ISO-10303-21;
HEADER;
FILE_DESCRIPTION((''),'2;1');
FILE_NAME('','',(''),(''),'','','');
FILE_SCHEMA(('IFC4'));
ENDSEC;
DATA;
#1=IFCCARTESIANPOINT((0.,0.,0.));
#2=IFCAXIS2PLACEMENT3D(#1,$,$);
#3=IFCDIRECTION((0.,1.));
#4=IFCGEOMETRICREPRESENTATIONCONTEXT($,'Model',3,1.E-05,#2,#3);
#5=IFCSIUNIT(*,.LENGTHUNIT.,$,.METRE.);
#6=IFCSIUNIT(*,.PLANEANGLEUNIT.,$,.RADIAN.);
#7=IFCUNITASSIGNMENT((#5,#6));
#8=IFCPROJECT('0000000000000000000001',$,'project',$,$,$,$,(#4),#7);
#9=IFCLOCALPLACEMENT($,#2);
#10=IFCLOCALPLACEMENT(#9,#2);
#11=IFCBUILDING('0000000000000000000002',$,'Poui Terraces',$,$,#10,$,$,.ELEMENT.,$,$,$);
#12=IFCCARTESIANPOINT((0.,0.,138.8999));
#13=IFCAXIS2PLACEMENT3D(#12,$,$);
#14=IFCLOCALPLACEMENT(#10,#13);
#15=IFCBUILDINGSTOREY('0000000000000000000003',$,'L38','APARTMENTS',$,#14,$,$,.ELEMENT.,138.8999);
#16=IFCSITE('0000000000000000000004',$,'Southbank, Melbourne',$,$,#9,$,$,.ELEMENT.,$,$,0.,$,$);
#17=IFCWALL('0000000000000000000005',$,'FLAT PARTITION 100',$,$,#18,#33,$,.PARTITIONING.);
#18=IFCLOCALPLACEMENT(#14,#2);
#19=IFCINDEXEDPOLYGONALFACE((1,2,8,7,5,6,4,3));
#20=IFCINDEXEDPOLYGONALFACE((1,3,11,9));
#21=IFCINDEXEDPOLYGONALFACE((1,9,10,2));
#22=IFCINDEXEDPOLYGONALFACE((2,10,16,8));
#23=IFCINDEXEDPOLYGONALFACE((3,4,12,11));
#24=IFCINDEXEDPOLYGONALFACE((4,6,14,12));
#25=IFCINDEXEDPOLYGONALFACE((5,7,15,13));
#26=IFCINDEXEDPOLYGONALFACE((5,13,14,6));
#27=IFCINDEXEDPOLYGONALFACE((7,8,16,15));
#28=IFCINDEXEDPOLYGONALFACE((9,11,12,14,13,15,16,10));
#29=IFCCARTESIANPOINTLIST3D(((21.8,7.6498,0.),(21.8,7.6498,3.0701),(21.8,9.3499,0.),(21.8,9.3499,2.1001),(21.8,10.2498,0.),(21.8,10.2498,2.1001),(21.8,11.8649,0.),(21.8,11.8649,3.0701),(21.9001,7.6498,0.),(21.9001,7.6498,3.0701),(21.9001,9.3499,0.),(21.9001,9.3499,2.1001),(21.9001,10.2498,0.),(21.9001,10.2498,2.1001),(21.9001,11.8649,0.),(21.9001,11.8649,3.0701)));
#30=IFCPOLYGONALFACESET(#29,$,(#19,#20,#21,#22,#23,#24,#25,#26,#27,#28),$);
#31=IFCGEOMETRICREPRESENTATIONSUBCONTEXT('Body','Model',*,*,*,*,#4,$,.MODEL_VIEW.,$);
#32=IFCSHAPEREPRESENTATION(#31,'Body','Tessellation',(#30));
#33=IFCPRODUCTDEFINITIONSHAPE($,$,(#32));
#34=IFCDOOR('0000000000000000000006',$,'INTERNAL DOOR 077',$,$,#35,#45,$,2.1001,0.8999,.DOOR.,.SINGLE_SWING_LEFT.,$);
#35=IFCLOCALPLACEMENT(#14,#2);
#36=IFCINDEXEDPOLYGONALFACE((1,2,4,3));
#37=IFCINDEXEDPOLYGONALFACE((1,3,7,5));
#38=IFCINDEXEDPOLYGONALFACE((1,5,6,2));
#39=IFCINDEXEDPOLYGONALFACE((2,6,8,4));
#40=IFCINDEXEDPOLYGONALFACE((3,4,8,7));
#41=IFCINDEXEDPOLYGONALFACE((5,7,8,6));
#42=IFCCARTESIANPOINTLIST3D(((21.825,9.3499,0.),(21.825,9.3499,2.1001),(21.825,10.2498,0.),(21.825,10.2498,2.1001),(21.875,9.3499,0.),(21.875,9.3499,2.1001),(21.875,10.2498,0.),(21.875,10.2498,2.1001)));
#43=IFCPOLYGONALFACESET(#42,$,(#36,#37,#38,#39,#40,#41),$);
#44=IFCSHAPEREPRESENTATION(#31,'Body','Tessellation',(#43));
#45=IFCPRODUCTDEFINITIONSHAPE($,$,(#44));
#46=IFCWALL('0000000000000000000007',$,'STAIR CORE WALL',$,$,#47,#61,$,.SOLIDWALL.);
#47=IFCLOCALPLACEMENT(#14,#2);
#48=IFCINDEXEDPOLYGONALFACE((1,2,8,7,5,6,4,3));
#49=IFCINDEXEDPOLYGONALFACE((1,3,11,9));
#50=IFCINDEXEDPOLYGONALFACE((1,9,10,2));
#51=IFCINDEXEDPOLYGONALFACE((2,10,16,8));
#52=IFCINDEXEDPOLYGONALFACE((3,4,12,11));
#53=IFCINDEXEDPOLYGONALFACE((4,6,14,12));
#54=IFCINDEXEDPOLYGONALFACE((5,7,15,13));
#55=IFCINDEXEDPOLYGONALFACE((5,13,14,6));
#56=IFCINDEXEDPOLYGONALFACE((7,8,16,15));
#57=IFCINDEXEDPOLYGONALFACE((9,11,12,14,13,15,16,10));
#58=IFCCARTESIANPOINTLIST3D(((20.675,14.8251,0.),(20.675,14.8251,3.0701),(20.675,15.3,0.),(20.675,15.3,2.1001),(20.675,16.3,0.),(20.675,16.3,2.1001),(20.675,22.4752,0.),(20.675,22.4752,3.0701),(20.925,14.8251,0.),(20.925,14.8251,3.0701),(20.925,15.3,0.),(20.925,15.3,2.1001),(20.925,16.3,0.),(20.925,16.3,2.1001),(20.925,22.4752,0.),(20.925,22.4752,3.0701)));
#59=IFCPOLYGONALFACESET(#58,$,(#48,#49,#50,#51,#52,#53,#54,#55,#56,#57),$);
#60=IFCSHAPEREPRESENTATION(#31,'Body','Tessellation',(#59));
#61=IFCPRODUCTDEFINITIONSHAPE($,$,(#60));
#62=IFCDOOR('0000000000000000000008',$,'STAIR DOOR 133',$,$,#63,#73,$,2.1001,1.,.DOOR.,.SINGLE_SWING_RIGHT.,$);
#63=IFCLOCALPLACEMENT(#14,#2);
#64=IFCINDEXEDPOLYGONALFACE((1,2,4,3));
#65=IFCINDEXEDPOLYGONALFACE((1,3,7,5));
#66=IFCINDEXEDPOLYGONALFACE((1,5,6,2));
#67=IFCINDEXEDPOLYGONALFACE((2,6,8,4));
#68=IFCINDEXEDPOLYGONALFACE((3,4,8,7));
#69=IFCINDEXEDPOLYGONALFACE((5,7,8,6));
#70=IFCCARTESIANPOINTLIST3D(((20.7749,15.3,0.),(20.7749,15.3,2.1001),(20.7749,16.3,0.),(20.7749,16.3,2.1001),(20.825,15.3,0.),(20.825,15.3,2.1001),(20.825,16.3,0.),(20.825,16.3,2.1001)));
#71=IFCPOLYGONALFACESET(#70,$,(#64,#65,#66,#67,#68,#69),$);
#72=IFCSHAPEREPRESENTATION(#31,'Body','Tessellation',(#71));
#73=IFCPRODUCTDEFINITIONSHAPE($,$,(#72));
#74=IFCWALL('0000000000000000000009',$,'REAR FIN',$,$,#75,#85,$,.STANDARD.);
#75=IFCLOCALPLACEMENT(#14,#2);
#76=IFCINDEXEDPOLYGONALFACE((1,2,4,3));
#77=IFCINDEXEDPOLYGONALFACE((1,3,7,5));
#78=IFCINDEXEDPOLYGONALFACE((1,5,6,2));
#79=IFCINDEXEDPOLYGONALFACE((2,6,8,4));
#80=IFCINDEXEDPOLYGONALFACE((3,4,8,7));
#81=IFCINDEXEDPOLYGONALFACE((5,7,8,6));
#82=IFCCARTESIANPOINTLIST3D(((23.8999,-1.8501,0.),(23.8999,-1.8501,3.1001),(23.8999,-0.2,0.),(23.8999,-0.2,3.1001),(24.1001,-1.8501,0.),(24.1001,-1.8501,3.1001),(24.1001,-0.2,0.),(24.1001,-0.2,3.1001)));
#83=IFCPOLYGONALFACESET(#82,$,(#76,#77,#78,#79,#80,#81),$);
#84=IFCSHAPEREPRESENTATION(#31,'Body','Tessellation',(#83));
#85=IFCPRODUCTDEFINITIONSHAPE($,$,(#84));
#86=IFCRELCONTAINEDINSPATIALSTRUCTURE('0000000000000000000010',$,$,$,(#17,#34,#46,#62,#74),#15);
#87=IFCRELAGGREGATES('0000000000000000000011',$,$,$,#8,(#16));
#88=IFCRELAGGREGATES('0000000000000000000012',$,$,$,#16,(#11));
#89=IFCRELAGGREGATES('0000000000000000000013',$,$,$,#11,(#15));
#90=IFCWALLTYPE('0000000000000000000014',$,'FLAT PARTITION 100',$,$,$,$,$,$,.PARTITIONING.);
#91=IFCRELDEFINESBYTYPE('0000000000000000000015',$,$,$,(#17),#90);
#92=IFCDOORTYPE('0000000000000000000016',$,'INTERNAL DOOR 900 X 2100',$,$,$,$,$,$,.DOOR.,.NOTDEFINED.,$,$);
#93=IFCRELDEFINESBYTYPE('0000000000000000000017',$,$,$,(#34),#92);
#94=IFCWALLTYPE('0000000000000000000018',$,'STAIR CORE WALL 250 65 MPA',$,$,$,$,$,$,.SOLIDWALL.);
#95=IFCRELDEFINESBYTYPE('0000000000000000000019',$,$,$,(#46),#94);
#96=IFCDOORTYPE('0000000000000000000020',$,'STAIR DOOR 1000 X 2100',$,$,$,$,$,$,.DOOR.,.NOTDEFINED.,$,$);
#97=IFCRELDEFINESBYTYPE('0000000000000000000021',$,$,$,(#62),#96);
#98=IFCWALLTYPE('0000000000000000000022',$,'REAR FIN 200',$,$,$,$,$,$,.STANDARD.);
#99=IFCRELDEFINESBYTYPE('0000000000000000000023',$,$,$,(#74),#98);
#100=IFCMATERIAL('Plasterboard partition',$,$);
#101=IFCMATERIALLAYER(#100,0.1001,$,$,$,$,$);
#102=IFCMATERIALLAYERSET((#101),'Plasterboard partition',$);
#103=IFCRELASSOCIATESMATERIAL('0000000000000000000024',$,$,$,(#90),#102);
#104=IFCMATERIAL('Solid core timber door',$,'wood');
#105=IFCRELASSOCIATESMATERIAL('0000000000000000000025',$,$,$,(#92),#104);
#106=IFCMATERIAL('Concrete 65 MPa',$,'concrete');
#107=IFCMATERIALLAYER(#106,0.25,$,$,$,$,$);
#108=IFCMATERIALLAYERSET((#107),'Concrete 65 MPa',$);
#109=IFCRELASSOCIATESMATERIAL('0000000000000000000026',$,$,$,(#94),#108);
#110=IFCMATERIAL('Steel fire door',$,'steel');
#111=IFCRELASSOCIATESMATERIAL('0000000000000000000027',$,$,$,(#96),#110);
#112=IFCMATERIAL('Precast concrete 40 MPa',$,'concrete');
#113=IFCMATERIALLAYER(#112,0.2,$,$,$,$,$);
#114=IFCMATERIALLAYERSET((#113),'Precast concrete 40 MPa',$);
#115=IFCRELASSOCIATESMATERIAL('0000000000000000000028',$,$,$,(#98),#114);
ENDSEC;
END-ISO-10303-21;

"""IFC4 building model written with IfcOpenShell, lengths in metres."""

from ifc_helpers import new_model, si_unit, direction, frame, frame_2d, origin, place, context, subcontext, project, spatial, polyline, rectangle, outline, extrude, source, transform, mapped, material, layer, layer_set, type_object, element, fill, save


model = new_model("IFC4")

# Units and contexts
model_context = context("Model", 3, precision=1e-05, world=origin(), true_north=direction((0.0, 1.0)))
body_context = subcontext(model_context, "Body", "Model", "MODEL_VIEW")
ifc_project = project(units=[si_unit("LENGTHUNIT", "METRE"), si_unit("PLANEANGLEUNIT", "RADIAN")], contexts=[model_context])

# Site, building, storey
site_placement = place(None, origin())
site = spatial("IfcSite", under=ifc_project, at=site_placement, Name="Southbank, Melbourne", CompositionType="ELEMENT", RefElevation=0.0)
building_placement = place(site_placement, origin())
building = spatial("IfcBuilding", under=site, at=building_placement, Name="Poui Terraces", CompositionType="ELEMENT")
storey_placement = place(building_placement, frame((0.0, 0.0, 138.8999)))
storey = spatial("IfcBuildingStorey", under=building, at=storey_placement, Name="L38", Description="APARTMENTS", CompositionType="ELEMENT", Elevation=138.8999)

# Shared definitions
ifc_material_1 = material(Name="Concrete 65 MPa", Category="concrete")

# Shared definitions
ifc_material_2 = material(Name="Precast concrete 40 MPa", Category="concrete")

# Shared definitions
ifc_material_3 = material(Name="Steel fire door", Category="steel")

# Shared definitions
ifc_material_4 = material(Name="Plasterboard partition")
ifc_layer_1 = layer(ifc_material_4, 0.1001)
ifc_layer_set_1 = layer_set([ifc_layer_1], Name="Plasterboard partition")
wall_type_1 = type_object("IfcWallType", Name="FLAT PARTITION 100", PredefinedType="PARTITIONING", material=ifc_layer_set_1)

# Walls, openings, doors
ifc_material_5 = material(Name="Solid core timber door", Category="wood")
wall_1_placement = place(storey_placement, frame((21.8501, 7.6499, 0.0), z_axis=(0.0, 0.0, 1.0), x_axis=(0.0, 1.0, 0.0)))
wall_1 = element("IfcWall", 1, at=wall_1_placement, inside=storey, type_object=wall_type_1, Name="FLAT PARTITION 100", PredefinedType="PARTITIONING", context=body_context, shape_type="SweptSolid", body=[
    extrude(rectangle(XDim=4.2151, YDim=0.1001, at=frame_2d((2.1074, 0.0))), origin(), (0.0, 0.0, 1.0), 3.0701),
])
opening_1_placement = place(wall_1_placement, frame((1.7, 0.0, 0.0)))
opening_1 = element("IfcOpeningElement", 2, at=opening_1_placement, cuts=wall_1, PredefinedType="OPENING", context=body_context, shape_type="SweptSolid", body=[
    extrude(rectangle(XDim=0.8999, YDim=2.1001, at=frame_2d((0.45, 1.05))), frame((0.0, 0.0601, 0.0), z_axis=(0.0, -1.0, 0.0), x_axis=(1.0, 0.0, 0.0)), (0.0, 0.0, 1.0), 0.1201),
])
door_type_1 = type_object("IfcDoorType", Name="INTERNAL DOOR 900 X 2100", OperationType="NOTDEFINED", PredefinedType="DOOR", material=ifc_material_5)
door_1_placement = place(opening_1_placement, frame((0.8999, 0.0, 0.0), z_axis=(0.0, 0.0, 1.0), x_axis=(-1.0, 0.0, 0.0)))
door_1 = element("IfcDoor", 3, at=door_1_placement, inside=storey, type_object=door_type_1, Name="INTERNAL DOOR 077", OperationType="SINGLE_SWING_LEFT", OverallHeight=2.1001, OverallWidth=0.8999, PredefinedType="DOOR", context=body_context, shape_type="SweptSolid", body=[
    extrude(rectangle(XDim=0.8999, YDim=2.1001, at=frame_2d((0.45, 1.05))), frame((0.0, 0.0249, 0.0), z_axis=(0.0, -1.0, 0.0), x_axis=(1.0, 0.0, 0.0)), (0.0, 0.0, 1.0), 0.05),
])
fill(opening_1, door_1)
ifc_layer_2 = layer(ifc_material_1, 0.25)
ifc_layer_set_2 = layer_set([ifc_layer_2], Name="Concrete 65 MPa")
wall_type_2 = type_object("IfcWallType", Name="STAIR CORE WALL 250 65 MPA", PredefinedType="SOLIDWALL", material=ifc_layer_set_2)
wall_2_placement = place(storey_placement, frame((20.8, 14.825, 0.0), z_axis=(0.0, 0.0, 1.0), x_axis=(0.0, 1.0, 0.0)))
wall_2 = element("IfcWall", 4, at=wall_2_placement, inside=storey, type_object=wall_type_2, Name="STAIR CORE WALL", PredefinedType="SOLIDWALL", context=body_context, shape_type="SweptSolid", body=[
    extrude(rectangle(XDim=7.6501, YDim=0.25, at=frame_2d((3.8252, 0.0))), origin(), (0.0, 0.0, 1.0), 3.0701),
])
opening_2_placement = place(wall_2_placement, frame((0.4751, 0.0, 0.0)))
opening_2 = element("IfcOpeningElement", 5, at=opening_2_placement, cuts=wall_2, PredefinedType="OPENING", context=body_context, shape_type="SweptSolid", body=[
    extrude(rectangle(XDim=1.0, YDim=2.1001, at=frame_2d((0.5, 1.05))), frame((0.0, 0.135, 0.0), z_axis=(0.0, -1.0, 0.0), x_axis=(1.0, 0.0, 0.0)), (0.0, 0.0, 1.0), 0.27),
])
door_type_2 = type_object("IfcDoorType", Name="STAIR DOOR 1000 X 2100", OperationType="NOTDEFINED", PredefinedType="DOOR", material=ifc_material_3)
door_2_placement = place(opening_2_placement, frame((1.0, 0.0, 0.0), z_axis=(0.0, 0.0, 1.0), x_axis=(-1.0, 0.0, 0.0)))
door_2 = element("IfcDoor", 6, at=door_2_placement, inside=storey, type_object=door_type_2, Name="STAIR DOOR 133", OperationType="SINGLE_SWING_RIGHT", OverallHeight=2.1001, OverallWidth=1.0, PredefinedType="DOOR", context=body_context, shape_type="SweptSolid", body=[
    extrude(rectangle(XDim=1.0, YDim=2.1001, at=frame_2d((0.5, 1.05))), frame((0.0, 0.0249, 0.0), z_axis=(0.0, -1.0, 0.0), x_axis=(1.0, 0.0, 0.0)), (0.0, 0.0, 1.0), 0.05),
])
fill(opening_2, door_2)

# Wall
ifc_layer_3 = layer(ifc_material_2, 0.2)
ifc_layer_set_3 = layer_set([ifc_layer_3], Name="Precast concrete 40 MPa")
wall_type_3 = type_object("IfcWallType", Name="REAR FIN 200", PredefinedType="STANDARD", material=ifc_layer_set_3)
shared_shape_1 = source(origin(), body_context, "Body", "SweptSolid", [
    extrude(outline(polyline([(0.0, 0.0), (0.2002, 0.0), (0.2002, 1.6501), (0.0, 1.6501), (0.0, 0.0)])), origin(), (0.0, 0.0, 1.0), 3.1001),
])
wall_3_placement = place(storey_placement, frame((23.8999, -1.8501, 0.0)))
element("IfcWall", 7, at=wall_3_placement, inside=storey, type_object=wall_type_3, Name="REAR FIN", PredefinedType="STANDARD", context=body_context, shape_type="MappedRepresentation", body=[
    mapped(shared_shape_1, transform((0.0, 0.0, 0.0))),
])

save(model, "model.ifc")
